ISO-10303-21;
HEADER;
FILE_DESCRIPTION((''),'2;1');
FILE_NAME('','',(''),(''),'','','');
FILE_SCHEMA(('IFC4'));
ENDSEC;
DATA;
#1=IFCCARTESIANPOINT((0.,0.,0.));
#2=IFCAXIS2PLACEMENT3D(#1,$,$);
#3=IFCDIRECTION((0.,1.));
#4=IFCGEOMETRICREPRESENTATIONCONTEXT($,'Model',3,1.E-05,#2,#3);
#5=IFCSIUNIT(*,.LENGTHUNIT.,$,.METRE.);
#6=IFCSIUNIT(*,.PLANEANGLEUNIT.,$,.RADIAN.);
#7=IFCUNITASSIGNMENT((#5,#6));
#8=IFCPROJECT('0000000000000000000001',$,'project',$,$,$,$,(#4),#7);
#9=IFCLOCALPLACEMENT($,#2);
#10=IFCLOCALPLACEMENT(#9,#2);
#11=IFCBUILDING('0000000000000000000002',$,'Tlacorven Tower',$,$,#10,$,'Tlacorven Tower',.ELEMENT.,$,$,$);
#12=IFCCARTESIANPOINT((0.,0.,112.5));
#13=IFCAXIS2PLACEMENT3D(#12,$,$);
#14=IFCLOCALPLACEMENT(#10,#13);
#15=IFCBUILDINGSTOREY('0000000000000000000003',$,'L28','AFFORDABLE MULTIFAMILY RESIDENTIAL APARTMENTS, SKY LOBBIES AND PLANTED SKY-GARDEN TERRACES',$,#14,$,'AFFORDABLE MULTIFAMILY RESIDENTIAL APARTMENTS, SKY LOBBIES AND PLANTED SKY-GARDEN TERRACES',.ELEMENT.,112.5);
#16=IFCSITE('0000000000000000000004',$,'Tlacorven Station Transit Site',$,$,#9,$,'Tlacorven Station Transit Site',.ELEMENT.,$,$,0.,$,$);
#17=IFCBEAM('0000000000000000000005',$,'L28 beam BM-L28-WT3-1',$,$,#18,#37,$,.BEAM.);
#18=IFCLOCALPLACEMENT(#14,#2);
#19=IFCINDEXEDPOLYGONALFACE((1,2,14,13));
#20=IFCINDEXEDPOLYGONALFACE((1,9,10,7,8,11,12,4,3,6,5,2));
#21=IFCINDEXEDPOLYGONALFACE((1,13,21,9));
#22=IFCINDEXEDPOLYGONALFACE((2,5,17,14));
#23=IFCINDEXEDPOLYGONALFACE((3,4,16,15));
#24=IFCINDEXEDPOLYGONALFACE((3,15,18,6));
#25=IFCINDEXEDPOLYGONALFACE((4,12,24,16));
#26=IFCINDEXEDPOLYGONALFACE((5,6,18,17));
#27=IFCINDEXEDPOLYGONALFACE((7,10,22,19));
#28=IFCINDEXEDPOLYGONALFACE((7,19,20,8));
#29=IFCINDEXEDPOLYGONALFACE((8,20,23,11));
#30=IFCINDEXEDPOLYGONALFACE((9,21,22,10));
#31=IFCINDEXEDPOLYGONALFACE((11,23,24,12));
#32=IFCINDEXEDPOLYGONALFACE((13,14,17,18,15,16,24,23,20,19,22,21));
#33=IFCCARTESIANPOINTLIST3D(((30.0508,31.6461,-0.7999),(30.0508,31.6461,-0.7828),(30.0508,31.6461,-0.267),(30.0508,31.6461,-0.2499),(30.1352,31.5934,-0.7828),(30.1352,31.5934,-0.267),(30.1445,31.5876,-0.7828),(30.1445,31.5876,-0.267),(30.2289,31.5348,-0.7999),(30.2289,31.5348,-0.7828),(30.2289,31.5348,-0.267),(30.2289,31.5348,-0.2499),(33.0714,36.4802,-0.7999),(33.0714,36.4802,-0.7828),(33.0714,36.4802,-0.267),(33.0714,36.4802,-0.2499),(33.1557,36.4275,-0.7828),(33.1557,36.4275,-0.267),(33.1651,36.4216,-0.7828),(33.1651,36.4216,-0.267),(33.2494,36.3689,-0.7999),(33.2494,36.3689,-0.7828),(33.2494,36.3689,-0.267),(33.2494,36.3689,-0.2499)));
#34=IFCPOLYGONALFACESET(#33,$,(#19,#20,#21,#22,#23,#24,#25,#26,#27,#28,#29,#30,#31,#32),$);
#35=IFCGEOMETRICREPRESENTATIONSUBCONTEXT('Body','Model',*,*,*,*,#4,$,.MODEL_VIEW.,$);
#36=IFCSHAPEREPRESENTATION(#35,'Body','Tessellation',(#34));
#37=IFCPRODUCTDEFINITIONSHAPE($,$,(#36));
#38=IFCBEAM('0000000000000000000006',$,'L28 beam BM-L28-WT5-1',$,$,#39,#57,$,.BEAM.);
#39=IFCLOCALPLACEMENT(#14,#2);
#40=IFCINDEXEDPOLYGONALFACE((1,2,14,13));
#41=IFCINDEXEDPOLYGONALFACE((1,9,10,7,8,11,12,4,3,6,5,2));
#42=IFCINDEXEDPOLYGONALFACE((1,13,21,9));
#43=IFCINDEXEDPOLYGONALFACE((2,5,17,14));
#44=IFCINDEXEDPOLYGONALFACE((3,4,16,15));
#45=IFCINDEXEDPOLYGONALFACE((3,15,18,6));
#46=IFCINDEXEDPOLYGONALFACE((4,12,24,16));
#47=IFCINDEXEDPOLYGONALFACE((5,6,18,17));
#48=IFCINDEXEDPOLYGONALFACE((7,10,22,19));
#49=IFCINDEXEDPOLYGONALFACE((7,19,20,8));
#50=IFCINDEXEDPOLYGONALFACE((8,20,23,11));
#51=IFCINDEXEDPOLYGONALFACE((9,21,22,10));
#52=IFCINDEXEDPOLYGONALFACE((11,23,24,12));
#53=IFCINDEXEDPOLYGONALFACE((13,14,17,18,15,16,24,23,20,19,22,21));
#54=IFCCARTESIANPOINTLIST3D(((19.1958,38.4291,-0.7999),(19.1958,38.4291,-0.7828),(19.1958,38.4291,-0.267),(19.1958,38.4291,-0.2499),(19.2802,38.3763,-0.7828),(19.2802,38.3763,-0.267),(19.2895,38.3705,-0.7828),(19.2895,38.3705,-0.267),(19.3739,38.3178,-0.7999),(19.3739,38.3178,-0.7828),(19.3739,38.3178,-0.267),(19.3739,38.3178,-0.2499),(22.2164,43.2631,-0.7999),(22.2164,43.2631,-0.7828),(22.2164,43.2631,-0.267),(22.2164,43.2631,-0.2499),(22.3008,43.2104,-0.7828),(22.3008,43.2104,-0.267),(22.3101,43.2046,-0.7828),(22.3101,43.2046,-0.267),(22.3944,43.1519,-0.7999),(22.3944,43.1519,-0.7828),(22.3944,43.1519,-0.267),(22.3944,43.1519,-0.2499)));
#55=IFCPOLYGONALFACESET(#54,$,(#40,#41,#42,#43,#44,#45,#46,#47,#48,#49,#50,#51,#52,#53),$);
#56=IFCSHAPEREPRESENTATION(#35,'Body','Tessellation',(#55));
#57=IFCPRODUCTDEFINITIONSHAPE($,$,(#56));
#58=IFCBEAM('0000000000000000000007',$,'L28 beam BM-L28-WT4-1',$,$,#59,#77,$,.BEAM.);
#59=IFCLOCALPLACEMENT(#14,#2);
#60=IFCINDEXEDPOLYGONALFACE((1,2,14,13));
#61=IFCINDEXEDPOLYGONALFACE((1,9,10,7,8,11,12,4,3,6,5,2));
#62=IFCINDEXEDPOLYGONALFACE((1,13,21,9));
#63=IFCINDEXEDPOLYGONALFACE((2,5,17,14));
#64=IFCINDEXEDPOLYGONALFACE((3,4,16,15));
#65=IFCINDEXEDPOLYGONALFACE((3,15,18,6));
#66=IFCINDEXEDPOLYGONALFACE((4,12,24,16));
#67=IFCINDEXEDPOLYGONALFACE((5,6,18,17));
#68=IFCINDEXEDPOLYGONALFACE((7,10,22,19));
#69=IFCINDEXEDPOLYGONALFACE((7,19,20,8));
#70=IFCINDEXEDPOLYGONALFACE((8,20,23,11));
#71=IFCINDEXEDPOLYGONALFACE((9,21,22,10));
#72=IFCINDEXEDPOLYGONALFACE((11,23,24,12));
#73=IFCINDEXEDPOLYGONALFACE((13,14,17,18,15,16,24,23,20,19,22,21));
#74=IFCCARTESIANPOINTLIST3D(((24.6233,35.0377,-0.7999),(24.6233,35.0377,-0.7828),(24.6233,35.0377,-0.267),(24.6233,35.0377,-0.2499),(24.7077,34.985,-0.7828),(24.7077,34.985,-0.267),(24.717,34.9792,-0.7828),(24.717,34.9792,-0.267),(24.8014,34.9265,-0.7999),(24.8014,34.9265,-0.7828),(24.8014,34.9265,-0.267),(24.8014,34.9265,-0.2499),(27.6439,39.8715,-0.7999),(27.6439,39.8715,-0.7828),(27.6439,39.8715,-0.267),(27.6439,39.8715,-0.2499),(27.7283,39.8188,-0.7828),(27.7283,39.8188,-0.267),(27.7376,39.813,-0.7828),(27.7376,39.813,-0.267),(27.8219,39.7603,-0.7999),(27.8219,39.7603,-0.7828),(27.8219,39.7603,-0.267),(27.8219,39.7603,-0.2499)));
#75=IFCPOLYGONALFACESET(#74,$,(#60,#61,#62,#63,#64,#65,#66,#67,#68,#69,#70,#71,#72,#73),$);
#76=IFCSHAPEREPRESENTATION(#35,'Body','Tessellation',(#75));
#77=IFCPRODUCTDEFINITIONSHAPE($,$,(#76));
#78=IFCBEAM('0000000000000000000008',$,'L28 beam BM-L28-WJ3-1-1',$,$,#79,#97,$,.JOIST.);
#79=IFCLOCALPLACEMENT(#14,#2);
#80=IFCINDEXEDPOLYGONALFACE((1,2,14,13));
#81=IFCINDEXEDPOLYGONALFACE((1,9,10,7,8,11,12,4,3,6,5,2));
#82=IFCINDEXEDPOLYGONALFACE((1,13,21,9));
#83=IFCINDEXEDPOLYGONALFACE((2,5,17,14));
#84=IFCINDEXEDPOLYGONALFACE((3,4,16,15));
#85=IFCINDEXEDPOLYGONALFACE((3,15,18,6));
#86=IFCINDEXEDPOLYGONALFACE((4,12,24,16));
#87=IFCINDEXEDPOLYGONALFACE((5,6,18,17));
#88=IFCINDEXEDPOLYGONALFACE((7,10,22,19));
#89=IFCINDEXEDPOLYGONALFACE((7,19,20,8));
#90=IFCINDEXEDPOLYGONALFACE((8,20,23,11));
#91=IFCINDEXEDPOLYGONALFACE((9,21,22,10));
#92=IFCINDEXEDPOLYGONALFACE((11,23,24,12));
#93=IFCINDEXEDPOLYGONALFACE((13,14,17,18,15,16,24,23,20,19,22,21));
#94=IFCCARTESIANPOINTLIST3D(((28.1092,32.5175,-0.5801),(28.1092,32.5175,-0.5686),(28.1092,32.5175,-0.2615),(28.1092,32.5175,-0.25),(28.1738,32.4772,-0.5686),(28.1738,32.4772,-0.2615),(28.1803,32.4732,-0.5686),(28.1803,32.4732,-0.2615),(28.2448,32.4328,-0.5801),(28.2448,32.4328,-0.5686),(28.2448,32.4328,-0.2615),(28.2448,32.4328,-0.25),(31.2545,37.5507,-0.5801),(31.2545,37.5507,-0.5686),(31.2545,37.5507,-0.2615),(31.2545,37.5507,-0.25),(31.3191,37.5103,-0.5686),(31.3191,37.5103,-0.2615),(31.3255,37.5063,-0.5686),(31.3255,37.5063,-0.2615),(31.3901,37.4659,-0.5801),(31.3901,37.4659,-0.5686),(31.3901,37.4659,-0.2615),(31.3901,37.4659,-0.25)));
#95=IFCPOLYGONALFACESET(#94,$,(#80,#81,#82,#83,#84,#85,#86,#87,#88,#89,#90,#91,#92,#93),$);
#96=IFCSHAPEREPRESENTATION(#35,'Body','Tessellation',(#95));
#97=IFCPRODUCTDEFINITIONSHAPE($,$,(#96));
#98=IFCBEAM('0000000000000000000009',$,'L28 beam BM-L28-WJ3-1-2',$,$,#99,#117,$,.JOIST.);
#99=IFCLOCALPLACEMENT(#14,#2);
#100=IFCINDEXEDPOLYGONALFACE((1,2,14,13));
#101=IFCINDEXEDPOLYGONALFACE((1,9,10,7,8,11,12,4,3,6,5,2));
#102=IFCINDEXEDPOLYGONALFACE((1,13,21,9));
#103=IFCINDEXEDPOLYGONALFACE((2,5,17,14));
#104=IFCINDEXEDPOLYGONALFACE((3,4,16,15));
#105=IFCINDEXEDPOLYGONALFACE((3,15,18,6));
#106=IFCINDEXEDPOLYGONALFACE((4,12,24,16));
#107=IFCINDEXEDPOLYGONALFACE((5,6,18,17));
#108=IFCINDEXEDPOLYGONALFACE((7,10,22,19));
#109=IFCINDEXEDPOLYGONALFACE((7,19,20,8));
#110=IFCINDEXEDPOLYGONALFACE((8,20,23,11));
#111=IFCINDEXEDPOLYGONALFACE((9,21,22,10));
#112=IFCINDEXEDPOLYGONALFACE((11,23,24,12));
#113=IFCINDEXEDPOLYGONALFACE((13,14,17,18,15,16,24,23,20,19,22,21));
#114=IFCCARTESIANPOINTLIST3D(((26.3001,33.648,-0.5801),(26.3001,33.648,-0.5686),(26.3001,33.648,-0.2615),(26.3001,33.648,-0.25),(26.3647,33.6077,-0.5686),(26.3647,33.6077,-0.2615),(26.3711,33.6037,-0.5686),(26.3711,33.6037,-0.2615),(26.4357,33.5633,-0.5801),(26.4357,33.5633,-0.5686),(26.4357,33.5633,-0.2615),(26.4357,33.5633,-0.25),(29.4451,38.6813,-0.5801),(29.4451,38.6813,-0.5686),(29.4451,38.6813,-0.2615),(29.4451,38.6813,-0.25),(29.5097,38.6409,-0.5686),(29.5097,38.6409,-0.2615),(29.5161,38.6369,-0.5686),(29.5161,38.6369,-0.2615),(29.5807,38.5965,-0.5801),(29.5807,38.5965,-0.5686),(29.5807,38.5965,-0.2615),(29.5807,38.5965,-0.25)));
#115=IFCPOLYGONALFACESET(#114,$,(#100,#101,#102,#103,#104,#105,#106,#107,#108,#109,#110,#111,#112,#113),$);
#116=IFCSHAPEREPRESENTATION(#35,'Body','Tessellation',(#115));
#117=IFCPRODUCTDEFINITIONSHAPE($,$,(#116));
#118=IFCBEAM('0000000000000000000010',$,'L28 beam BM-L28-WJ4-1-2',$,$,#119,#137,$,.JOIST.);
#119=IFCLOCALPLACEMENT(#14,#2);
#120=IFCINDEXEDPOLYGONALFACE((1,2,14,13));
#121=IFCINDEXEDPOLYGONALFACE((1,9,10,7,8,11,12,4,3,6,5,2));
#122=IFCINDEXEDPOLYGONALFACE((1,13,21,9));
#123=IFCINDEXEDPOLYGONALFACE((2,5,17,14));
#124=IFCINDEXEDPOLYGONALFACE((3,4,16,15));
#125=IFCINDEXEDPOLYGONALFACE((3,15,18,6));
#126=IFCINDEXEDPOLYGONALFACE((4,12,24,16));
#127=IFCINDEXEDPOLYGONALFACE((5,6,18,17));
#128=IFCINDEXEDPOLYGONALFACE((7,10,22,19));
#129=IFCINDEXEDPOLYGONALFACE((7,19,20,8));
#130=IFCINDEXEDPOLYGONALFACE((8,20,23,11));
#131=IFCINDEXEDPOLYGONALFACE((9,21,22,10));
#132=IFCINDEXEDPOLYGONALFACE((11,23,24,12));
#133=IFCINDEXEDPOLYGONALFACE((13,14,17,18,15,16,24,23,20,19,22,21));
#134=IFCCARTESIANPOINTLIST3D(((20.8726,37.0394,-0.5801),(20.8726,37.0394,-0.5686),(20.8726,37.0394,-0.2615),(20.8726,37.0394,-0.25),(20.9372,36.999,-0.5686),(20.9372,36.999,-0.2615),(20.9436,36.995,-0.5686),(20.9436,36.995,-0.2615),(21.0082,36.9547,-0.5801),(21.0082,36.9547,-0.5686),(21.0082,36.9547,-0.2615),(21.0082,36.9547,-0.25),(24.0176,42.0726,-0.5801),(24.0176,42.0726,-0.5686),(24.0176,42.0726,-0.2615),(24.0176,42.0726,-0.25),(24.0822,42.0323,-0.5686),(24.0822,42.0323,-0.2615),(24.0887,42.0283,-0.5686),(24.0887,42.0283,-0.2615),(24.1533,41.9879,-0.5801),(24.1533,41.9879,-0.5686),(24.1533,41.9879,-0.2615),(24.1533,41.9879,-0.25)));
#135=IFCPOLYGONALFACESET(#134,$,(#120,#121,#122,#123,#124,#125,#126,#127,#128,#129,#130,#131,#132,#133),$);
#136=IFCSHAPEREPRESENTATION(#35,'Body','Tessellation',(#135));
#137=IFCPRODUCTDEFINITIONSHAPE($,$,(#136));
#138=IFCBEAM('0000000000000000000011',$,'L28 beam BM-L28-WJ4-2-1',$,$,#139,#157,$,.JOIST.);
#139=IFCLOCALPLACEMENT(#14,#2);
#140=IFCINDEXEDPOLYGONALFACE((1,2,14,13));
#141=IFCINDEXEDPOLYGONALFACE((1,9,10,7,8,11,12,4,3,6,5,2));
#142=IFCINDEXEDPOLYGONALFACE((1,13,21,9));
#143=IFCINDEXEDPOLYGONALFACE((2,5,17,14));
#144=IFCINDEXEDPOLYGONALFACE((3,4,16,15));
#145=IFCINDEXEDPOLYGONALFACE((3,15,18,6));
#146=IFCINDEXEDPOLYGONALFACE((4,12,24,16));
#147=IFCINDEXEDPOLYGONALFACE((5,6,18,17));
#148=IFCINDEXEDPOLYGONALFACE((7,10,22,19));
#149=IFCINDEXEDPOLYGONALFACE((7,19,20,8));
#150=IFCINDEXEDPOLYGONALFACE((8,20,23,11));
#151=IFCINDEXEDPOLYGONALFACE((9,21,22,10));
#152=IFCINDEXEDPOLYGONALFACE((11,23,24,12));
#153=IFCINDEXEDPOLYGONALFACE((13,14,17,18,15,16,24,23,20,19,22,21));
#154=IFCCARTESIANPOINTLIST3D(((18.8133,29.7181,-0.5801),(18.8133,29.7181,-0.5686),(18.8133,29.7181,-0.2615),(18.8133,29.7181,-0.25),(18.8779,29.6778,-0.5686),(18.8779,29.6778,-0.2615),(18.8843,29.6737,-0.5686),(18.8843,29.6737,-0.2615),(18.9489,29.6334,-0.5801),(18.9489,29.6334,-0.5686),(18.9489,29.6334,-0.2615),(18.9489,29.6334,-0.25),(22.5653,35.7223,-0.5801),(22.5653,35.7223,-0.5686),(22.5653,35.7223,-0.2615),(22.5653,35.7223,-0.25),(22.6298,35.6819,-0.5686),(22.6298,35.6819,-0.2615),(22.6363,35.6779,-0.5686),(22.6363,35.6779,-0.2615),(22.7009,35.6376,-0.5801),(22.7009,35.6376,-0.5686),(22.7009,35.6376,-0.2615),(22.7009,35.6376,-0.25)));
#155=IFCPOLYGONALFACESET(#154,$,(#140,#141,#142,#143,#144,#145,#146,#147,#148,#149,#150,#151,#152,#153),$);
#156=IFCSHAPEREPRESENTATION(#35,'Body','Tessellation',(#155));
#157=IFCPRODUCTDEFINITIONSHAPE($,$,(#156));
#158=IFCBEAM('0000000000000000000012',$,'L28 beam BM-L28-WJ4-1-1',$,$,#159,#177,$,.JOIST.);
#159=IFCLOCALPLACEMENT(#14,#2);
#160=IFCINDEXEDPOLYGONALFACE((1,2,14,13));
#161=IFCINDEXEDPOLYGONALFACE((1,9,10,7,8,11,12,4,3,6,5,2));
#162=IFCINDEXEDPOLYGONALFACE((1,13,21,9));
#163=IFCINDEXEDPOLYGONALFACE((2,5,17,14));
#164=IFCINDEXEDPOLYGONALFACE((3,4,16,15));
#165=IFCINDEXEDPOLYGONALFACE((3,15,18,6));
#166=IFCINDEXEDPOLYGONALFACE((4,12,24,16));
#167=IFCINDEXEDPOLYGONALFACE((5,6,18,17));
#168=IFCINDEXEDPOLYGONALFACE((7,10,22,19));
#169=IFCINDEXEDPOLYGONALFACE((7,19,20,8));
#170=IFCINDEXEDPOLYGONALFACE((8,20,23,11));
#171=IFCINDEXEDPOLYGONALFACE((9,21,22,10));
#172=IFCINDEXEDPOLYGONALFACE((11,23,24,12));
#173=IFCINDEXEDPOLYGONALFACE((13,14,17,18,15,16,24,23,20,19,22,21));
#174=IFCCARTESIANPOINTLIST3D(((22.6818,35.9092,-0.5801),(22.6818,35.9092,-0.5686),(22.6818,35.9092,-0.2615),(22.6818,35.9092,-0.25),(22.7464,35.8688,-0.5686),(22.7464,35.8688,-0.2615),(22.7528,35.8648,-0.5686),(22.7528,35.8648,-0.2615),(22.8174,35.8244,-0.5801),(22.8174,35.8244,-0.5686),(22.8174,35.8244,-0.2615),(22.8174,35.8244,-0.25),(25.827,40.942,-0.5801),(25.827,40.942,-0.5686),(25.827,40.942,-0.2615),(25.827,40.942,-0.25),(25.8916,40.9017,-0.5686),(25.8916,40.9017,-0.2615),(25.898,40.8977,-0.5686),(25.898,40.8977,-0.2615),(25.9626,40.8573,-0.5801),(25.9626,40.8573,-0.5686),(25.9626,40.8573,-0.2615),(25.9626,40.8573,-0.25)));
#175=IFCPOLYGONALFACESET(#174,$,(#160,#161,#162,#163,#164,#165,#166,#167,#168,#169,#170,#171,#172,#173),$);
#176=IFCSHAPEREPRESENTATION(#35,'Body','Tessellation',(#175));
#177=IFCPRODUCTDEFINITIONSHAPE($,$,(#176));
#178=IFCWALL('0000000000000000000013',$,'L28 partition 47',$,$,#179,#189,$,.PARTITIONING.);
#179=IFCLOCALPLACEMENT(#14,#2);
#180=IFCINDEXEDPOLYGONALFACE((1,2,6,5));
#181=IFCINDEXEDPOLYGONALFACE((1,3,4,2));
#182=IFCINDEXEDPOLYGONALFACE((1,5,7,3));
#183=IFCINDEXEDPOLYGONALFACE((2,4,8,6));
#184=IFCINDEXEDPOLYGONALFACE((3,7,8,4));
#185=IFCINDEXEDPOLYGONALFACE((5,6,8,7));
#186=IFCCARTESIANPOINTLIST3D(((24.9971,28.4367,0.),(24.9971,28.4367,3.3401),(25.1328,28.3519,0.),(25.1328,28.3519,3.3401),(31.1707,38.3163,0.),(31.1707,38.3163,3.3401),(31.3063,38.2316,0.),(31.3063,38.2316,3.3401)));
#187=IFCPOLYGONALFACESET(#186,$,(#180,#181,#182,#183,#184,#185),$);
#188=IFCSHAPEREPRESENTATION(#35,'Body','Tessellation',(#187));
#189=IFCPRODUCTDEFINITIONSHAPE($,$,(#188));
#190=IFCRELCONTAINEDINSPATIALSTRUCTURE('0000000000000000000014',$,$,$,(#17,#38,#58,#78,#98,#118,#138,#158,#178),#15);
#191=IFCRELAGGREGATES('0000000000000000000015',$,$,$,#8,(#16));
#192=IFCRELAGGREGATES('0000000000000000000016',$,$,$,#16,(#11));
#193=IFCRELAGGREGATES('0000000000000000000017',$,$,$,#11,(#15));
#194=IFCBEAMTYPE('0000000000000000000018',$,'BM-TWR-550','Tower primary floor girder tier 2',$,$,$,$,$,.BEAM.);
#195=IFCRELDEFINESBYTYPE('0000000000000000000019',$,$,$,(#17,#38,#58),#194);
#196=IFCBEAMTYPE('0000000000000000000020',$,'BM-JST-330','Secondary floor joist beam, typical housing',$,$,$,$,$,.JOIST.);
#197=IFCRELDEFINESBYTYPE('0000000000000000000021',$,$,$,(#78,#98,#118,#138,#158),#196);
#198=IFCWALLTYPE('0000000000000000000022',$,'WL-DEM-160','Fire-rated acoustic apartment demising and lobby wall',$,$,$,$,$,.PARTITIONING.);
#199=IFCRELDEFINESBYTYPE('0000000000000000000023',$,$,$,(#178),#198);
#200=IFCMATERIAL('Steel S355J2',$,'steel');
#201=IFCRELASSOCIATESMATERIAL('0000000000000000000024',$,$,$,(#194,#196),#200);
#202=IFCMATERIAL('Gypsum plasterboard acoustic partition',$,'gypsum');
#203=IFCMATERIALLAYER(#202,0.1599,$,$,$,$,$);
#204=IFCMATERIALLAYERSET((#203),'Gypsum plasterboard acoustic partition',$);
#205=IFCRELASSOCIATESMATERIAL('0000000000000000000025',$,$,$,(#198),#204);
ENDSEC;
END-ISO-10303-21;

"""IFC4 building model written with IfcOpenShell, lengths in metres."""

from ifc_helpers import new_model, si_unit, direction, frame, frame_2d, origin, origin_2d, place, context, subcontext, project, spatial, rectangle, i_section, extrude, source, transform, mapped, material, layer, layer_set, material_profile, profile_set, type_object, element, save


model = new_model("IFC4")

# Units and contexts
model_context = context("Model", 3, precision=1e-05, world=origin(), true_north=direction((0.0, 1.0)))
body_context = subcontext(model_context, "Body", "Model", "MODEL_VIEW")
ifc_project = project(units=[si_unit("LENGTHUNIT", "METRE"), si_unit("PLANEANGLEUNIT", "RADIAN")], contexts=[model_context])

# Site, building, storey
site_placement = place(None, origin())
site = spatial("IfcSite", under=ifc_project, at=site_placement, Name="Tlacorven Station Transit Site", LongName="Tlacorven Station Transit Site", CompositionType="ELEMENT", RefElevation=0.0)
building_placement = place(site_placement, origin())
building = spatial("IfcBuilding", under=site, at=building_placement, Name="Tlacorven Tower", LongName="Tlacorven Tower", CompositionType="ELEMENT")
storey_placement = place(building_placement, frame((0.0, 0.0, 112.5)))
storey = spatial("IfcBuildingStorey", under=building, at=storey_placement, Name="L28", Description="AFFORDABLE MULTIFAMILY RESIDENTIAL APARTMENTS, SKY LOBBIES AND PLANTED SKY-GARDEN TERRACES", LongName="AFFORDABLE MULTIFAMILY RESIDENTIAL APARTMENTS, SKY LOBBIES AND PLANTED SKY-GARDEN TERRACES", CompositionType="ELEMENT", Elevation=112.5)

# Beams
ifc_material_1 = material(Name="Steel S355J2", Category="steel")
ifc_material_profile_1 = material_profile(ifc_material_1, i_section(OverallWidth=0.21, OverallDepth=0.55, WebThickness=0.011, FlangeThickness=0.0171, at=origin_2d()), Name="IPE 550")
ifc_profile_set_1 = profile_set([ifc_material_profile_1], Name="Steel S355J2")
beam_type_1 = type_object("IfcBeamType", Name="BM-TWR-550", Description="Tower primary floor girder tier 2", PredefinedType="BEAM", material=ifc_profile_set_1)
shared_shape_1 = source(origin(), body_context, "Body", "SweptSolid", [
    extrude(i_section(OverallWidth=0.21, OverallDepth=0.55, WebThickness=0.011, FlangeThickness=0.0171, at=origin_2d()), origin(), (0.0, 0.0, 1.0), 5.7002),
])
for number, where, z_axis, x_axis, name in (
    (1, (33.1604, 36.4246, -0.5249), (-0.529907, -0.848056, 0.0), (0.848056, -0.529907, 0.0), "L28 beam BM-L28-WT3-1"),
    (2, (22.3054, 43.2075, -0.5249), (-0.529907, -0.848056, 0.0), (0.848056, -0.529907, 0.0), "L28 beam BM-L28-WT5-1"),
):
    element("IfcBeam", number, at=place(storey_placement, frame(where, z_axis=z_axis, x_axis=x_axis)), inside=storey, type_object=beam_type_1, Name=name, PredefinedType="BEAM", context=body_context, shape_type="MappedRepresentation", body=[
        mapped(shared_shape_1, transform((0.0, 0.0, 0.0), scale=1.0)),
    ])
shared_shape_2 = source(origin(), body_context, "Body", "SweptSolid", [
    extrude(i_section(OverallWidth=0.21, OverallDepth=0.55, WebThickness=0.011, FlangeThickness=0.0171, at=origin_2d()), origin(), (0.0, 0.0, 1.0), 5.7),
])
beam_1_placement = place(storey_placement, frame((27.7329, 39.8159, -0.5249), z_axis=(-0.529926, -0.848044, 0.0), x_axis=(0.848044, -0.529926, 0.0)))
element("IfcBeam", 3, at=beam_1_placement, inside=storey, type_object=beam_type_1, Name="L28 beam BM-L28-WT4-1", PredefinedType="BEAM", context=body_context, shape_type="MappedRepresentation", body=[
    mapped(shared_shape_2, transform((0.0, 0.0, 0.0), scale=1.0)),
])
ifc_material_profile_2 = material_profile(ifc_material_1, i_section(OverallWidth=0.1599, OverallDepth=0.3301, WebThickness=0.0076, FlangeThickness=0.0115, at=origin_2d()), Name="IPE 330")
ifc_profile_set_2 = profile_set([ifc_material_profile_2], Name="Steel S355J2")
beam_type_2 = type_object("IfcBeamType", Name="BM-JST-330", Description="Secondary floor joist beam, typical housing", PredefinedType="JOIST", material=ifc_profile_set_2)
shared_shape_3 = source(origin(), body_context, "Body", "SweptSolid", [
    extrude(i_section(OverallWidth=0.1599, OverallDepth=0.3301, WebThickness=0.0076, FlangeThickness=0.0115, at=origin_2d()), origin(), (0.0, 0.0, 1.0), 5.9351),
])
for number, where, z_axis, x_axis, name in (
    (4, (31.3223, 37.5083, -0.415), (-0.52994, -0.848035, 0.0), (0.848035, -0.52994, 0.0), "L28 beam BM-L28-WJ3-1-1"),
    (5, (29.5129, 38.6389, -0.415), (-0.52991, -0.848054, 0.0), (0.848054, -0.52991, 0.0), "L28 beam BM-L28-WJ3-1-2"),
    (6, (24.0854, 42.0303, -0.415), (-0.52991, -0.848054, 0.0), (0.848054, -0.52991, 0.0), "L28 beam BM-L28-WJ4-1-2"),
):
    element("IfcBeam", number, at=place(storey_placement, frame(where, z_axis=z_axis, x_axis=x_axis)), inside=storey, type_object=beam_type_2, Name=name, PredefinedType="JOIST", context=body_context, shape_type="MappedRepresentation", body=[
        mapped(shared_shape_3, transform((0.0, 0.0, 0.0), scale=1.0)),
    ])
shared_shape_4 = source(origin(), body_context, "Body", "SweptSolid", [
    extrude(i_section(OverallWidth=0.1599, OverallDepth=0.3301, WebThickness=0.0076, FlangeThickness=0.0115, at=origin_2d()), origin(), (0.0, 0.0, 1.0), 7.0801),
])
beam_2_placement = place(storey_placement, frame((22.6331, 35.6799, -0.415), z_axis=(-0.529934, -0.848039, 0.0), x_axis=(0.848039, -0.529934, 0.0)))
element("IfcBeam", 7, at=beam_2_placement, inside=storey, type_object=beam_type_2, Name="L28 beam BM-L28-WJ4-2-1", PredefinedType="JOIST", context=body_context, shape_type="MappedRepresentation", body=[
    mapped(shared_shape_4, transform((0.0, 0.0, 0.0), scale=1.0)),
])
shared_shape_5 = source(origin(), body_context, "Body", "SweptSolid", [
    extrude(i_section(OverallWidth=0.1599, OverallDepth=0.3301, WebThickness=0.0076, FlangeThickness=0.0115, at=origin_2d()), origin(), (0.0, 0.0, 1.0), 5.9348),
])
beam_3_placement = place(storey_placement, frame((25.8948, 40.8997, -0.415), z_axis=(-0.529958, -0.848024, 0.0), x_axis=(0.848024, -0.529958, 0.0)))
element("IfcBeam", 8, at=beam_3_placement, inside=storey, type_object=beam_type_2, Name="L28 beam BM-L28-WJ4-1-1", PredefinedType="JOIST", context=body_context, shape_type="MappedRepresentation", body=[
    mapped(shared_shape_5, transform((0.0, 0.0, 0.0), scale=1.0)),
])

# Wall
ifc_material_2 = material(Name="Gypsum plasterboard acoustic partition", Category="gypsum")
ifc_layer_1 = layer(ifc_material_2, 0.1599)
ifc_layer_set_1 = layer_set([ifc_layer_1], Name="Gypsum plasterboard acoustic partition")
wall_type_1 = type_object("IfcWallType", Name="WL-DEM-160", Description="Fire-rated acoustic apartment demising and lobby wall", PredefinedType="PARTITIONING", material=ifc_layer_set_1)
wall_1_placement = place(storey_placement, frame((31.2385, 38.2739, 0.0), z_axis=(0.0, 0.0, 1.0), x_axis=(-0.529925, -0.848044, 0.0)))
element("IfcWall", 9, at=wall_1_placement, inside=storey, type_object=wall_type_1, Name="L28 partition 47", PredefinedType="PARTITIONING", context=body_context, shape_type="SweptSolid", body=[
    extrude(rectangle(XDim=11.6499, YDim=0.1599, at=frame_2d((5.825, 0.0))), origin(), (0.0, 0.0, 1.0), 3.3401),
])

save(model, "model.ifc")
